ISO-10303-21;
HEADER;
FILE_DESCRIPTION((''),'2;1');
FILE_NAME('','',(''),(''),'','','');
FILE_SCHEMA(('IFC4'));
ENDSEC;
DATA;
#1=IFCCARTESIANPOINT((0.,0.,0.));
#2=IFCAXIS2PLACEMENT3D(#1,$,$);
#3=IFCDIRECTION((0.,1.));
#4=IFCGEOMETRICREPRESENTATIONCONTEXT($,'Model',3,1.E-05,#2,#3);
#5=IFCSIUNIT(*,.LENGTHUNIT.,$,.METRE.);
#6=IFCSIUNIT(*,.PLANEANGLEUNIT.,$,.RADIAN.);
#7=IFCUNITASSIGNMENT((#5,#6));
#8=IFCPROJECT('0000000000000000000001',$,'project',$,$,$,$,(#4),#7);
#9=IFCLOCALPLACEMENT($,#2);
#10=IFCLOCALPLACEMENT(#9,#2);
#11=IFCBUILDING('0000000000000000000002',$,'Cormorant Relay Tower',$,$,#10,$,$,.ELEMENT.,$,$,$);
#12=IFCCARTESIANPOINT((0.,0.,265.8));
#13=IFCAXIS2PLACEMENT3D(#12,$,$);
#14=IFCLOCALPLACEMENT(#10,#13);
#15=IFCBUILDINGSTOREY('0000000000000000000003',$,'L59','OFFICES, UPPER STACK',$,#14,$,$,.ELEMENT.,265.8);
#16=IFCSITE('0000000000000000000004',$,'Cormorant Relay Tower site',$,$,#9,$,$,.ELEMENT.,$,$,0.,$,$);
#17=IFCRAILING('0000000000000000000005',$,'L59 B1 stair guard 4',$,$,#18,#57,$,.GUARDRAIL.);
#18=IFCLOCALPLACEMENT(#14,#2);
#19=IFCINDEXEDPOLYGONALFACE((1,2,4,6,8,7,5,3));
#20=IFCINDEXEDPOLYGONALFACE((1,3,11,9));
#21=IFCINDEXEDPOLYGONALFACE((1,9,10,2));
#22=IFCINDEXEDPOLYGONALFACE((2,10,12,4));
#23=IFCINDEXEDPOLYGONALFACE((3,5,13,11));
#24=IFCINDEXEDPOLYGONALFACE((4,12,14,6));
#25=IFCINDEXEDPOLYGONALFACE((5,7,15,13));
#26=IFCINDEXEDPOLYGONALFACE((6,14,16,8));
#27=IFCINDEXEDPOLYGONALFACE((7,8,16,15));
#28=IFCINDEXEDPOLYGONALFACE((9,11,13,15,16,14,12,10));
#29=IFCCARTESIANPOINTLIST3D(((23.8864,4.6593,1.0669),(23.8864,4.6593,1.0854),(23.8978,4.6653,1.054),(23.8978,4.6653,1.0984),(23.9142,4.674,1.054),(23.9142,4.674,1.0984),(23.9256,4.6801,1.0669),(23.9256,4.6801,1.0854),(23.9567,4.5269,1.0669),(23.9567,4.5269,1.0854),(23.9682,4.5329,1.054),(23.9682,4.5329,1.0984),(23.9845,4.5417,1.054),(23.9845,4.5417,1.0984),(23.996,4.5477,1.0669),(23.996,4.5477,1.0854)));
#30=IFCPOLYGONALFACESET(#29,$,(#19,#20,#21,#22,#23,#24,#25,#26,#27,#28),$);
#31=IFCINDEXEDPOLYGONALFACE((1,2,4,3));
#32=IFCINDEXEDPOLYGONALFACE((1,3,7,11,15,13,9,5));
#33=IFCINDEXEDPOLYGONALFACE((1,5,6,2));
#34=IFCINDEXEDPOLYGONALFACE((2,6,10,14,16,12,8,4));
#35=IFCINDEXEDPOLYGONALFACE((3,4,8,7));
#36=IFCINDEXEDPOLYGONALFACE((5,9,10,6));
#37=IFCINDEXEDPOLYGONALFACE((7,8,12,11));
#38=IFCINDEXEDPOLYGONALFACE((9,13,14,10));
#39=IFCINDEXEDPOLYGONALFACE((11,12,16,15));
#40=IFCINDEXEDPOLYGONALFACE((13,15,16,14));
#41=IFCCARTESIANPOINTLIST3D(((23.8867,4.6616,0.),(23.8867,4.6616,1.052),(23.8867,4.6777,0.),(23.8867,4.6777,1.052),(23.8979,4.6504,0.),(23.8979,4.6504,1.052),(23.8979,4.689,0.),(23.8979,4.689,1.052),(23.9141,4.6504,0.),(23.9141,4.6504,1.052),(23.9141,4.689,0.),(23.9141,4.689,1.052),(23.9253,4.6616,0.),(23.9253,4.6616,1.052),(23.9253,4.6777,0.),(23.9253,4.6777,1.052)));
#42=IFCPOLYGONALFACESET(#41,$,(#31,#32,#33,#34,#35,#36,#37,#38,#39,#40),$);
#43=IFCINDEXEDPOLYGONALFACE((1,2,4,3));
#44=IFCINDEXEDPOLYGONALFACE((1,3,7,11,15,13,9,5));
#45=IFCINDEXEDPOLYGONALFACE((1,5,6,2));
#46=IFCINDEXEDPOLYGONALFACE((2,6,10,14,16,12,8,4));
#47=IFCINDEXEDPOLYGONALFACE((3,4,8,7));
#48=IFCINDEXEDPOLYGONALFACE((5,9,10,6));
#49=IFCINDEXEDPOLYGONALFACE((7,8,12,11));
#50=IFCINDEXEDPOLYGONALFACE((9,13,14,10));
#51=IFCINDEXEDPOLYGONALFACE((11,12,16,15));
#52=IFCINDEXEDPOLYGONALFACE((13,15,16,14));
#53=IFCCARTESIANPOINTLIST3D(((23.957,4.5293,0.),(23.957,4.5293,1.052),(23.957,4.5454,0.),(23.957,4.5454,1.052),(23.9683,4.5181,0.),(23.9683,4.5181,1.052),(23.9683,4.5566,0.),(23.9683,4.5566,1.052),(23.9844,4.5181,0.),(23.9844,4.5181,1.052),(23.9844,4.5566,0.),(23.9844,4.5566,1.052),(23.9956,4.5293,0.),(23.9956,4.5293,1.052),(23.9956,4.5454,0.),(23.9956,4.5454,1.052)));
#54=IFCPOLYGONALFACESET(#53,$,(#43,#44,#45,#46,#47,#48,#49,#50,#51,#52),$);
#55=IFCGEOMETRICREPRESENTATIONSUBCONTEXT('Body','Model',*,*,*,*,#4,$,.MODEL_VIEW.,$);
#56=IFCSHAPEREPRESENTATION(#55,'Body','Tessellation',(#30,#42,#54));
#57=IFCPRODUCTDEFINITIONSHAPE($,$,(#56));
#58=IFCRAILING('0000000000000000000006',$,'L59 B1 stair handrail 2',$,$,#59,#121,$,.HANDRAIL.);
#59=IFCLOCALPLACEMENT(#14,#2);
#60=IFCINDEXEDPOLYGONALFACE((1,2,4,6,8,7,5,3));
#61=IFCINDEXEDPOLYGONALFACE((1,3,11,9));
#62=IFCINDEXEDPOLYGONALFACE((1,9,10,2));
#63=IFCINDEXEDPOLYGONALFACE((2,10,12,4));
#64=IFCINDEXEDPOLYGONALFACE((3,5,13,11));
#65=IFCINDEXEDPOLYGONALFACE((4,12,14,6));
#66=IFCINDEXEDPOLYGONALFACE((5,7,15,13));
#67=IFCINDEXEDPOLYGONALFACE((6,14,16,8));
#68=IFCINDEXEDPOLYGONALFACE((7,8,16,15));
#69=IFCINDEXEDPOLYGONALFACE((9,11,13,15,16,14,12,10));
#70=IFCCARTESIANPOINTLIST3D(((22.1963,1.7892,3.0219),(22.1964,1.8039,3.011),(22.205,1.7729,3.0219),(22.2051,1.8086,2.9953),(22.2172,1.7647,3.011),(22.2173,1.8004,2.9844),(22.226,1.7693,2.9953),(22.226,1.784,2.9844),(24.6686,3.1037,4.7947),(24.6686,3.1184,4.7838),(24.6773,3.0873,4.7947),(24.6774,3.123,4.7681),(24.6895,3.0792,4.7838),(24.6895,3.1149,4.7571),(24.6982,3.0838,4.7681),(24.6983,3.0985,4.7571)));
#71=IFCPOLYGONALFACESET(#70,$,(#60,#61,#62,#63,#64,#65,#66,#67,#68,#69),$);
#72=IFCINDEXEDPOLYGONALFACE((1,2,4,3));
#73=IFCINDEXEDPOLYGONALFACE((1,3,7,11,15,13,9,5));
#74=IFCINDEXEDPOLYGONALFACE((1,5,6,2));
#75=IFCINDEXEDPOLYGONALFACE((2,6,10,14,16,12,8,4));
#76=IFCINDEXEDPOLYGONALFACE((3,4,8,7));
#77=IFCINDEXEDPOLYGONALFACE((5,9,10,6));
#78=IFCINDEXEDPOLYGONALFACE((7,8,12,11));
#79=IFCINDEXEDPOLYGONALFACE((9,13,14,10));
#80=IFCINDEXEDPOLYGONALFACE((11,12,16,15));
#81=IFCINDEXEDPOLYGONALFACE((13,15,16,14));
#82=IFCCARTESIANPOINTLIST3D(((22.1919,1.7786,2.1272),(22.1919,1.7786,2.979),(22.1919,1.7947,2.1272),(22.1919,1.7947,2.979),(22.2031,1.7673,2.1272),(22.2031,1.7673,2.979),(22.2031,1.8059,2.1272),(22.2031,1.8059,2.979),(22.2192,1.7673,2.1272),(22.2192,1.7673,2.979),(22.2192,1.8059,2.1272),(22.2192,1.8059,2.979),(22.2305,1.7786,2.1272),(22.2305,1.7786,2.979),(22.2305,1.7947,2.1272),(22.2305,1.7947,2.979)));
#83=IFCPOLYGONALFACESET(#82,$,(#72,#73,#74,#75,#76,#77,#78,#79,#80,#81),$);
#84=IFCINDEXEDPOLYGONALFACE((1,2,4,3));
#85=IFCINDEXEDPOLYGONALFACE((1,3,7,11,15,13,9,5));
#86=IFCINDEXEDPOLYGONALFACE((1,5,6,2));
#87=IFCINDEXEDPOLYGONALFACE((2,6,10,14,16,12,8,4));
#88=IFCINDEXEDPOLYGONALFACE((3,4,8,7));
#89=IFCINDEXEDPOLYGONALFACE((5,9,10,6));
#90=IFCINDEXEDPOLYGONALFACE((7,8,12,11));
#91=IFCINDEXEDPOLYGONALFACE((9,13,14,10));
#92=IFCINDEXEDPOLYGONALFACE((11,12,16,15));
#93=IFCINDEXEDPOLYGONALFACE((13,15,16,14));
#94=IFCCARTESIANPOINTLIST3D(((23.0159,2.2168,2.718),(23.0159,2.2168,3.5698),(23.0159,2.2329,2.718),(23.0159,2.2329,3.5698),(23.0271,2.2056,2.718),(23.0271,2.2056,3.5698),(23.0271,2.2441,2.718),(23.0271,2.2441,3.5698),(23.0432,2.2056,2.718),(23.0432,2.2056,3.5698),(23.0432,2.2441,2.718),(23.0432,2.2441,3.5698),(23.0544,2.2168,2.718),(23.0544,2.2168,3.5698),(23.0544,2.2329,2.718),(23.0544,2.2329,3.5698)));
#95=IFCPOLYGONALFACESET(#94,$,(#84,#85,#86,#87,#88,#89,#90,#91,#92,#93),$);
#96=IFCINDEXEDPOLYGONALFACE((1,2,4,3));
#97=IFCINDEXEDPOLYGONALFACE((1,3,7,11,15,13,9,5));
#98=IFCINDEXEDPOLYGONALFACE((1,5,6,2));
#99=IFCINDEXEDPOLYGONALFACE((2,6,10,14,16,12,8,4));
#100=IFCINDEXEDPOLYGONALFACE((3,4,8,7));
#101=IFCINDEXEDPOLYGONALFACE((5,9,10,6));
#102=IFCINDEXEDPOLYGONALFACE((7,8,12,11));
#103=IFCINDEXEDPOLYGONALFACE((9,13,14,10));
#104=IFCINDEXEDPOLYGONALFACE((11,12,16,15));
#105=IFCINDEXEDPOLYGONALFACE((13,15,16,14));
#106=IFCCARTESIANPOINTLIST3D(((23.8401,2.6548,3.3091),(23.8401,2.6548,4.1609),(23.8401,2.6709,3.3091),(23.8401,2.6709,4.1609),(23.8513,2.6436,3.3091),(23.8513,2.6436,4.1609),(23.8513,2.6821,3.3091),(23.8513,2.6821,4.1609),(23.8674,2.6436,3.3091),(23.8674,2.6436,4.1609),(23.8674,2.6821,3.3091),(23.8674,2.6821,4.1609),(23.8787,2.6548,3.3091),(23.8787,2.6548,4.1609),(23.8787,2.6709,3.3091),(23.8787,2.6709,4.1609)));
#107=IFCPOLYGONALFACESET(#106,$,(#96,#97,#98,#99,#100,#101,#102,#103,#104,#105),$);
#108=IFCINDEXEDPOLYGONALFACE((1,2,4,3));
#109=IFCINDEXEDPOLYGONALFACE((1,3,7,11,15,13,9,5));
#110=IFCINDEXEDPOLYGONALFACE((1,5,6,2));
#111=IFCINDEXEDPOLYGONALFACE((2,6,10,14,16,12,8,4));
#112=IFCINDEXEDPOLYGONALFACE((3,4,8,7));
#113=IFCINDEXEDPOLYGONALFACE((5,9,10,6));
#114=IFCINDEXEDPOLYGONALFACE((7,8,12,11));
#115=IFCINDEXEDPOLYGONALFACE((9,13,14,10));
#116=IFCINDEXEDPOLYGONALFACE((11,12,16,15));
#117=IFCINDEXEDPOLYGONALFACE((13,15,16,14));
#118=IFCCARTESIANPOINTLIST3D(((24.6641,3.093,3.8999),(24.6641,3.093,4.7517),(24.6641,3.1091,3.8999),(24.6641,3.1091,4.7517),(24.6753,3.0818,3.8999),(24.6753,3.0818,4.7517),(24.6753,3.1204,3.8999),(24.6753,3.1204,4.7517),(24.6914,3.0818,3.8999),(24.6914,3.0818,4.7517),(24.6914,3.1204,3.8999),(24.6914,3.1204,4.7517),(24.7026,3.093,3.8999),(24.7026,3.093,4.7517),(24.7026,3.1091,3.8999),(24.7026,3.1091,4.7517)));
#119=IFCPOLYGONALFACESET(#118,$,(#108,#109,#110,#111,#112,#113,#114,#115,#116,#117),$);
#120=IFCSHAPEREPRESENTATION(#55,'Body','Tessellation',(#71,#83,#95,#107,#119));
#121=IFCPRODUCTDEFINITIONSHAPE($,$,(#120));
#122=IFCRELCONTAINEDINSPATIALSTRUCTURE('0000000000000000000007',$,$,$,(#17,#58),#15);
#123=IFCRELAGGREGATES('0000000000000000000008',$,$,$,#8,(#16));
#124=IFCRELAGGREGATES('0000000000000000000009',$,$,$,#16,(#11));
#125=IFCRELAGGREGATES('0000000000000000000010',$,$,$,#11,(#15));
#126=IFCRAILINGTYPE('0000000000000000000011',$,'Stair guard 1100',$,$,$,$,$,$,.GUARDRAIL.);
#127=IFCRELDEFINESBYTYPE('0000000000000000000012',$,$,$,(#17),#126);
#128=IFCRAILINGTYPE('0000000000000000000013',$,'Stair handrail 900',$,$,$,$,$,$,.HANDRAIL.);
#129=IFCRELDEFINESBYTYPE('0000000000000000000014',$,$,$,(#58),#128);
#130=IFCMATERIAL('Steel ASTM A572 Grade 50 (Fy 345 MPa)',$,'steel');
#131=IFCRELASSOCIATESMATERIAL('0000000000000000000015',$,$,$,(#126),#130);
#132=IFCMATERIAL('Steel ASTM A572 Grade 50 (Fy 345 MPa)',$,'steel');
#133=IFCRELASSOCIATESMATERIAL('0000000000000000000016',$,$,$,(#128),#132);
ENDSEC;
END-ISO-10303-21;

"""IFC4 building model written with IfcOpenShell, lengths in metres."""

from ifc_helpers import new_model, si_unit, direction, frame, origin, place, context, subcontext, project, spatial, polyline, outline, extrude, material, type_object, element, save


model = new_model("IFC4")

# Units and contexts
model_context = context("Model", 3, precision=1e-05, world=origin(), true_north=direction((0.0, 1.0)))
body_context = subcontext(model_context, "Body", "Model", "MODEL_VIEW")
ifc_project = project(units=[si_unit("LENGTHUNIT", "METRE"), si_unit("PLANEANGLEUNIT", "RADIAN")], contexts=[model_context])

# Site, building, storey
site_placement = place(None, origin())
site = spatial("IfcSite", under=ifc_project, at=site_placement, Name="Cormorant Relay Tower site", CompositionType="ELEMENT", RefElevation=0.0)
building_placement = place(site_placement, origin())
building = spatial("IfcBuilding", under=site, at=building_placement, Name="Cormorant Relay Tower", CompositionType="ELEMENT")
storey_placement = place(building_placement, frame((0.0, 0.0, 265.8)))
storey = spatial("IfcBuildingStorey", under=building, at=storey_placement, Name="L59", Description="OFFICES, UPPER STACK", CompositionType="ELEMENT", Elevation=265.8)

# Railings
ifc_material_1 = material(Name="Steel ASTM A572 Grade 50 (Fy 345 MPa)", Category="steel")
railing_type_1 = type_object("IfcRailingType", Name="Stair guard 1100", PredefinedType="GUARDRAIL", material=ifc_material_1)
railing_1_placement = place(storey_placement, frame((23.906, 4.6697, 0.0)))
element("IfcRailing", 1, at=railing_1_placement, inside=storey, type_object=railing_type_1, Name="L59 B1 stair guard 4", PredefinedType="GUARDRAIL", context=body_context, shape_type="SweptSolid", body=[
    extrude(outline(polyline([(0.0222, 0.0093), (0.0093, 0.0222), (-0.0093, 0.0222), (-0.0222, 0.0093), (-0.0222, -0.0093), (-0.0093, -0.0222), (0.0093, -0.0222), (0.0222, -0.0093), (0.0222, 0.0093)])), frame((0.0, 0.0, 1.0762), z_axis=(0.469235, -0.883074, 0.0), x_axis=(0.883074, 0.469235, 0.0)), (0.0, 0.0, 1.0), 0.1499),
    extrude(outline(polyline([(0.0193, 0.0081), (0.0081, 0.0193), (-0.0081, 0.0193), (-0.0193, 0.0081), (-0.0193, -0.0081), (-0.0081, -0.0193), (0.0081, -0.0193), (0.0193, -0.0081), (0.0193, 0.0081)])), origin(), (0.0, 0.0, 1.0), 1.052),
    extrude(outline(polyline([(0.0193, 0.0081), (0.0081, 0.0193), (-0.0081, 0.0193), (-0.0193, 0.0081), (-0.0193, -0.0081), (-0.0081, -0.0193), (0.0081, -0.0193), (0.0193, -0.0081), (0.0193, 0.0081)])), frame((0.0703, -0.1323, 0.0)), (0.0, 0.0, 1.0), 1.052),
])
ifc_material_2 = material(Name="Steel ASTM A572 Grade 50 (Fy 345 MPa)", Category="steel")
railing_type_2 = type_object("IfcRailingType", Name="Stair handrail 900", PredefinedType="HANDRAIL", material=ifc_material_2)
railing_2_placement = place(storey_placement, frame((22.2112, 1.7866, 2.1272)))
element("IfcRailing", 2, at=railing_2_placement, inside=storey, type_object=railing_type_2, Name="L59 B1 stair handrail 2", PredefinedType="HANDRAIL", context=body_context, shape_type="SweptSolid", body=[
    extrude(outline(polyline([(0.0222, 0.0093), (0.0093, 0.0222), (-0.0093, 0.0222), (-0.0222, 0.0093), (-0.0222, -0.0093), (-0.0093, -0.0222), (0.0093, -0.0222), (0.0222, -0.0093), (0.0222, 0.0093)])), frame((0.0, 0.0, 0.876), z_axis=(0.746001, 0.396649, 0.534931), x_axis=(-0.469465, 0.882951, 0.0)), (0.0, 0.0, 1.0), 3.314),
    extrude(outline(polyline([(0.0193, 0.0081), (0.0081, 0.0193), (-0.0081, 0.0193), (-0.0193, 0.0081), (-0.0193, -0.0081), (-0.0081, -0.0193), (0.0081, -0.0193), (0.0193, -0.0081), (0.0193, 0.0081)])), origin(), (0.0, 0.0, 1.0), 0.8518),
    extrude(outline(polyline([(0.0193, 0.0081), (0.0081, 0.0193), (-0.0081, 0.0193), (-0.0193, 0.0081), (-0.0193, -0.0081), (-0.0081, -0.0193), (0.0081, -0.0193), (0.0193, -0.0081), (0.0193, 0.0081)])), frame((0.824, 0.4382, 0.5908)), (0.0, 0.0, 1.0), 0.8518),
    extrude(outline(polyline([(0.0193, 0.0081), (0.0081, 0.0193), (-0.0081, 0.0193), (-0.0193, 0.0081), (-0.0193, -0.0081), (-0.0081, -0.0193), (0.0081, -0.0193), (0.0193, -0.0081), (0.0193, 0.0081)])), frame((1.6482, 0.8762, 1.1819)), (0.0, 0.0, 1.0), 0.8518),
    extrude(outline(polyline([(0.0193, 0.0081), (0.0081, 0.0193), (-0.0081, 0.0193), (-0.0193, 0.0081), (-0.0193, -0.0081), (-0.0081, -0.0193), (0.0081, -0.0193), (0.0193, -0.0081), (0.0193, 0.0081)])), frame((2.4722, 1.3145, 1.7727)), (0.0, 0.0, 1.0), 0.8518),
])

save(model, "model.ifc")
